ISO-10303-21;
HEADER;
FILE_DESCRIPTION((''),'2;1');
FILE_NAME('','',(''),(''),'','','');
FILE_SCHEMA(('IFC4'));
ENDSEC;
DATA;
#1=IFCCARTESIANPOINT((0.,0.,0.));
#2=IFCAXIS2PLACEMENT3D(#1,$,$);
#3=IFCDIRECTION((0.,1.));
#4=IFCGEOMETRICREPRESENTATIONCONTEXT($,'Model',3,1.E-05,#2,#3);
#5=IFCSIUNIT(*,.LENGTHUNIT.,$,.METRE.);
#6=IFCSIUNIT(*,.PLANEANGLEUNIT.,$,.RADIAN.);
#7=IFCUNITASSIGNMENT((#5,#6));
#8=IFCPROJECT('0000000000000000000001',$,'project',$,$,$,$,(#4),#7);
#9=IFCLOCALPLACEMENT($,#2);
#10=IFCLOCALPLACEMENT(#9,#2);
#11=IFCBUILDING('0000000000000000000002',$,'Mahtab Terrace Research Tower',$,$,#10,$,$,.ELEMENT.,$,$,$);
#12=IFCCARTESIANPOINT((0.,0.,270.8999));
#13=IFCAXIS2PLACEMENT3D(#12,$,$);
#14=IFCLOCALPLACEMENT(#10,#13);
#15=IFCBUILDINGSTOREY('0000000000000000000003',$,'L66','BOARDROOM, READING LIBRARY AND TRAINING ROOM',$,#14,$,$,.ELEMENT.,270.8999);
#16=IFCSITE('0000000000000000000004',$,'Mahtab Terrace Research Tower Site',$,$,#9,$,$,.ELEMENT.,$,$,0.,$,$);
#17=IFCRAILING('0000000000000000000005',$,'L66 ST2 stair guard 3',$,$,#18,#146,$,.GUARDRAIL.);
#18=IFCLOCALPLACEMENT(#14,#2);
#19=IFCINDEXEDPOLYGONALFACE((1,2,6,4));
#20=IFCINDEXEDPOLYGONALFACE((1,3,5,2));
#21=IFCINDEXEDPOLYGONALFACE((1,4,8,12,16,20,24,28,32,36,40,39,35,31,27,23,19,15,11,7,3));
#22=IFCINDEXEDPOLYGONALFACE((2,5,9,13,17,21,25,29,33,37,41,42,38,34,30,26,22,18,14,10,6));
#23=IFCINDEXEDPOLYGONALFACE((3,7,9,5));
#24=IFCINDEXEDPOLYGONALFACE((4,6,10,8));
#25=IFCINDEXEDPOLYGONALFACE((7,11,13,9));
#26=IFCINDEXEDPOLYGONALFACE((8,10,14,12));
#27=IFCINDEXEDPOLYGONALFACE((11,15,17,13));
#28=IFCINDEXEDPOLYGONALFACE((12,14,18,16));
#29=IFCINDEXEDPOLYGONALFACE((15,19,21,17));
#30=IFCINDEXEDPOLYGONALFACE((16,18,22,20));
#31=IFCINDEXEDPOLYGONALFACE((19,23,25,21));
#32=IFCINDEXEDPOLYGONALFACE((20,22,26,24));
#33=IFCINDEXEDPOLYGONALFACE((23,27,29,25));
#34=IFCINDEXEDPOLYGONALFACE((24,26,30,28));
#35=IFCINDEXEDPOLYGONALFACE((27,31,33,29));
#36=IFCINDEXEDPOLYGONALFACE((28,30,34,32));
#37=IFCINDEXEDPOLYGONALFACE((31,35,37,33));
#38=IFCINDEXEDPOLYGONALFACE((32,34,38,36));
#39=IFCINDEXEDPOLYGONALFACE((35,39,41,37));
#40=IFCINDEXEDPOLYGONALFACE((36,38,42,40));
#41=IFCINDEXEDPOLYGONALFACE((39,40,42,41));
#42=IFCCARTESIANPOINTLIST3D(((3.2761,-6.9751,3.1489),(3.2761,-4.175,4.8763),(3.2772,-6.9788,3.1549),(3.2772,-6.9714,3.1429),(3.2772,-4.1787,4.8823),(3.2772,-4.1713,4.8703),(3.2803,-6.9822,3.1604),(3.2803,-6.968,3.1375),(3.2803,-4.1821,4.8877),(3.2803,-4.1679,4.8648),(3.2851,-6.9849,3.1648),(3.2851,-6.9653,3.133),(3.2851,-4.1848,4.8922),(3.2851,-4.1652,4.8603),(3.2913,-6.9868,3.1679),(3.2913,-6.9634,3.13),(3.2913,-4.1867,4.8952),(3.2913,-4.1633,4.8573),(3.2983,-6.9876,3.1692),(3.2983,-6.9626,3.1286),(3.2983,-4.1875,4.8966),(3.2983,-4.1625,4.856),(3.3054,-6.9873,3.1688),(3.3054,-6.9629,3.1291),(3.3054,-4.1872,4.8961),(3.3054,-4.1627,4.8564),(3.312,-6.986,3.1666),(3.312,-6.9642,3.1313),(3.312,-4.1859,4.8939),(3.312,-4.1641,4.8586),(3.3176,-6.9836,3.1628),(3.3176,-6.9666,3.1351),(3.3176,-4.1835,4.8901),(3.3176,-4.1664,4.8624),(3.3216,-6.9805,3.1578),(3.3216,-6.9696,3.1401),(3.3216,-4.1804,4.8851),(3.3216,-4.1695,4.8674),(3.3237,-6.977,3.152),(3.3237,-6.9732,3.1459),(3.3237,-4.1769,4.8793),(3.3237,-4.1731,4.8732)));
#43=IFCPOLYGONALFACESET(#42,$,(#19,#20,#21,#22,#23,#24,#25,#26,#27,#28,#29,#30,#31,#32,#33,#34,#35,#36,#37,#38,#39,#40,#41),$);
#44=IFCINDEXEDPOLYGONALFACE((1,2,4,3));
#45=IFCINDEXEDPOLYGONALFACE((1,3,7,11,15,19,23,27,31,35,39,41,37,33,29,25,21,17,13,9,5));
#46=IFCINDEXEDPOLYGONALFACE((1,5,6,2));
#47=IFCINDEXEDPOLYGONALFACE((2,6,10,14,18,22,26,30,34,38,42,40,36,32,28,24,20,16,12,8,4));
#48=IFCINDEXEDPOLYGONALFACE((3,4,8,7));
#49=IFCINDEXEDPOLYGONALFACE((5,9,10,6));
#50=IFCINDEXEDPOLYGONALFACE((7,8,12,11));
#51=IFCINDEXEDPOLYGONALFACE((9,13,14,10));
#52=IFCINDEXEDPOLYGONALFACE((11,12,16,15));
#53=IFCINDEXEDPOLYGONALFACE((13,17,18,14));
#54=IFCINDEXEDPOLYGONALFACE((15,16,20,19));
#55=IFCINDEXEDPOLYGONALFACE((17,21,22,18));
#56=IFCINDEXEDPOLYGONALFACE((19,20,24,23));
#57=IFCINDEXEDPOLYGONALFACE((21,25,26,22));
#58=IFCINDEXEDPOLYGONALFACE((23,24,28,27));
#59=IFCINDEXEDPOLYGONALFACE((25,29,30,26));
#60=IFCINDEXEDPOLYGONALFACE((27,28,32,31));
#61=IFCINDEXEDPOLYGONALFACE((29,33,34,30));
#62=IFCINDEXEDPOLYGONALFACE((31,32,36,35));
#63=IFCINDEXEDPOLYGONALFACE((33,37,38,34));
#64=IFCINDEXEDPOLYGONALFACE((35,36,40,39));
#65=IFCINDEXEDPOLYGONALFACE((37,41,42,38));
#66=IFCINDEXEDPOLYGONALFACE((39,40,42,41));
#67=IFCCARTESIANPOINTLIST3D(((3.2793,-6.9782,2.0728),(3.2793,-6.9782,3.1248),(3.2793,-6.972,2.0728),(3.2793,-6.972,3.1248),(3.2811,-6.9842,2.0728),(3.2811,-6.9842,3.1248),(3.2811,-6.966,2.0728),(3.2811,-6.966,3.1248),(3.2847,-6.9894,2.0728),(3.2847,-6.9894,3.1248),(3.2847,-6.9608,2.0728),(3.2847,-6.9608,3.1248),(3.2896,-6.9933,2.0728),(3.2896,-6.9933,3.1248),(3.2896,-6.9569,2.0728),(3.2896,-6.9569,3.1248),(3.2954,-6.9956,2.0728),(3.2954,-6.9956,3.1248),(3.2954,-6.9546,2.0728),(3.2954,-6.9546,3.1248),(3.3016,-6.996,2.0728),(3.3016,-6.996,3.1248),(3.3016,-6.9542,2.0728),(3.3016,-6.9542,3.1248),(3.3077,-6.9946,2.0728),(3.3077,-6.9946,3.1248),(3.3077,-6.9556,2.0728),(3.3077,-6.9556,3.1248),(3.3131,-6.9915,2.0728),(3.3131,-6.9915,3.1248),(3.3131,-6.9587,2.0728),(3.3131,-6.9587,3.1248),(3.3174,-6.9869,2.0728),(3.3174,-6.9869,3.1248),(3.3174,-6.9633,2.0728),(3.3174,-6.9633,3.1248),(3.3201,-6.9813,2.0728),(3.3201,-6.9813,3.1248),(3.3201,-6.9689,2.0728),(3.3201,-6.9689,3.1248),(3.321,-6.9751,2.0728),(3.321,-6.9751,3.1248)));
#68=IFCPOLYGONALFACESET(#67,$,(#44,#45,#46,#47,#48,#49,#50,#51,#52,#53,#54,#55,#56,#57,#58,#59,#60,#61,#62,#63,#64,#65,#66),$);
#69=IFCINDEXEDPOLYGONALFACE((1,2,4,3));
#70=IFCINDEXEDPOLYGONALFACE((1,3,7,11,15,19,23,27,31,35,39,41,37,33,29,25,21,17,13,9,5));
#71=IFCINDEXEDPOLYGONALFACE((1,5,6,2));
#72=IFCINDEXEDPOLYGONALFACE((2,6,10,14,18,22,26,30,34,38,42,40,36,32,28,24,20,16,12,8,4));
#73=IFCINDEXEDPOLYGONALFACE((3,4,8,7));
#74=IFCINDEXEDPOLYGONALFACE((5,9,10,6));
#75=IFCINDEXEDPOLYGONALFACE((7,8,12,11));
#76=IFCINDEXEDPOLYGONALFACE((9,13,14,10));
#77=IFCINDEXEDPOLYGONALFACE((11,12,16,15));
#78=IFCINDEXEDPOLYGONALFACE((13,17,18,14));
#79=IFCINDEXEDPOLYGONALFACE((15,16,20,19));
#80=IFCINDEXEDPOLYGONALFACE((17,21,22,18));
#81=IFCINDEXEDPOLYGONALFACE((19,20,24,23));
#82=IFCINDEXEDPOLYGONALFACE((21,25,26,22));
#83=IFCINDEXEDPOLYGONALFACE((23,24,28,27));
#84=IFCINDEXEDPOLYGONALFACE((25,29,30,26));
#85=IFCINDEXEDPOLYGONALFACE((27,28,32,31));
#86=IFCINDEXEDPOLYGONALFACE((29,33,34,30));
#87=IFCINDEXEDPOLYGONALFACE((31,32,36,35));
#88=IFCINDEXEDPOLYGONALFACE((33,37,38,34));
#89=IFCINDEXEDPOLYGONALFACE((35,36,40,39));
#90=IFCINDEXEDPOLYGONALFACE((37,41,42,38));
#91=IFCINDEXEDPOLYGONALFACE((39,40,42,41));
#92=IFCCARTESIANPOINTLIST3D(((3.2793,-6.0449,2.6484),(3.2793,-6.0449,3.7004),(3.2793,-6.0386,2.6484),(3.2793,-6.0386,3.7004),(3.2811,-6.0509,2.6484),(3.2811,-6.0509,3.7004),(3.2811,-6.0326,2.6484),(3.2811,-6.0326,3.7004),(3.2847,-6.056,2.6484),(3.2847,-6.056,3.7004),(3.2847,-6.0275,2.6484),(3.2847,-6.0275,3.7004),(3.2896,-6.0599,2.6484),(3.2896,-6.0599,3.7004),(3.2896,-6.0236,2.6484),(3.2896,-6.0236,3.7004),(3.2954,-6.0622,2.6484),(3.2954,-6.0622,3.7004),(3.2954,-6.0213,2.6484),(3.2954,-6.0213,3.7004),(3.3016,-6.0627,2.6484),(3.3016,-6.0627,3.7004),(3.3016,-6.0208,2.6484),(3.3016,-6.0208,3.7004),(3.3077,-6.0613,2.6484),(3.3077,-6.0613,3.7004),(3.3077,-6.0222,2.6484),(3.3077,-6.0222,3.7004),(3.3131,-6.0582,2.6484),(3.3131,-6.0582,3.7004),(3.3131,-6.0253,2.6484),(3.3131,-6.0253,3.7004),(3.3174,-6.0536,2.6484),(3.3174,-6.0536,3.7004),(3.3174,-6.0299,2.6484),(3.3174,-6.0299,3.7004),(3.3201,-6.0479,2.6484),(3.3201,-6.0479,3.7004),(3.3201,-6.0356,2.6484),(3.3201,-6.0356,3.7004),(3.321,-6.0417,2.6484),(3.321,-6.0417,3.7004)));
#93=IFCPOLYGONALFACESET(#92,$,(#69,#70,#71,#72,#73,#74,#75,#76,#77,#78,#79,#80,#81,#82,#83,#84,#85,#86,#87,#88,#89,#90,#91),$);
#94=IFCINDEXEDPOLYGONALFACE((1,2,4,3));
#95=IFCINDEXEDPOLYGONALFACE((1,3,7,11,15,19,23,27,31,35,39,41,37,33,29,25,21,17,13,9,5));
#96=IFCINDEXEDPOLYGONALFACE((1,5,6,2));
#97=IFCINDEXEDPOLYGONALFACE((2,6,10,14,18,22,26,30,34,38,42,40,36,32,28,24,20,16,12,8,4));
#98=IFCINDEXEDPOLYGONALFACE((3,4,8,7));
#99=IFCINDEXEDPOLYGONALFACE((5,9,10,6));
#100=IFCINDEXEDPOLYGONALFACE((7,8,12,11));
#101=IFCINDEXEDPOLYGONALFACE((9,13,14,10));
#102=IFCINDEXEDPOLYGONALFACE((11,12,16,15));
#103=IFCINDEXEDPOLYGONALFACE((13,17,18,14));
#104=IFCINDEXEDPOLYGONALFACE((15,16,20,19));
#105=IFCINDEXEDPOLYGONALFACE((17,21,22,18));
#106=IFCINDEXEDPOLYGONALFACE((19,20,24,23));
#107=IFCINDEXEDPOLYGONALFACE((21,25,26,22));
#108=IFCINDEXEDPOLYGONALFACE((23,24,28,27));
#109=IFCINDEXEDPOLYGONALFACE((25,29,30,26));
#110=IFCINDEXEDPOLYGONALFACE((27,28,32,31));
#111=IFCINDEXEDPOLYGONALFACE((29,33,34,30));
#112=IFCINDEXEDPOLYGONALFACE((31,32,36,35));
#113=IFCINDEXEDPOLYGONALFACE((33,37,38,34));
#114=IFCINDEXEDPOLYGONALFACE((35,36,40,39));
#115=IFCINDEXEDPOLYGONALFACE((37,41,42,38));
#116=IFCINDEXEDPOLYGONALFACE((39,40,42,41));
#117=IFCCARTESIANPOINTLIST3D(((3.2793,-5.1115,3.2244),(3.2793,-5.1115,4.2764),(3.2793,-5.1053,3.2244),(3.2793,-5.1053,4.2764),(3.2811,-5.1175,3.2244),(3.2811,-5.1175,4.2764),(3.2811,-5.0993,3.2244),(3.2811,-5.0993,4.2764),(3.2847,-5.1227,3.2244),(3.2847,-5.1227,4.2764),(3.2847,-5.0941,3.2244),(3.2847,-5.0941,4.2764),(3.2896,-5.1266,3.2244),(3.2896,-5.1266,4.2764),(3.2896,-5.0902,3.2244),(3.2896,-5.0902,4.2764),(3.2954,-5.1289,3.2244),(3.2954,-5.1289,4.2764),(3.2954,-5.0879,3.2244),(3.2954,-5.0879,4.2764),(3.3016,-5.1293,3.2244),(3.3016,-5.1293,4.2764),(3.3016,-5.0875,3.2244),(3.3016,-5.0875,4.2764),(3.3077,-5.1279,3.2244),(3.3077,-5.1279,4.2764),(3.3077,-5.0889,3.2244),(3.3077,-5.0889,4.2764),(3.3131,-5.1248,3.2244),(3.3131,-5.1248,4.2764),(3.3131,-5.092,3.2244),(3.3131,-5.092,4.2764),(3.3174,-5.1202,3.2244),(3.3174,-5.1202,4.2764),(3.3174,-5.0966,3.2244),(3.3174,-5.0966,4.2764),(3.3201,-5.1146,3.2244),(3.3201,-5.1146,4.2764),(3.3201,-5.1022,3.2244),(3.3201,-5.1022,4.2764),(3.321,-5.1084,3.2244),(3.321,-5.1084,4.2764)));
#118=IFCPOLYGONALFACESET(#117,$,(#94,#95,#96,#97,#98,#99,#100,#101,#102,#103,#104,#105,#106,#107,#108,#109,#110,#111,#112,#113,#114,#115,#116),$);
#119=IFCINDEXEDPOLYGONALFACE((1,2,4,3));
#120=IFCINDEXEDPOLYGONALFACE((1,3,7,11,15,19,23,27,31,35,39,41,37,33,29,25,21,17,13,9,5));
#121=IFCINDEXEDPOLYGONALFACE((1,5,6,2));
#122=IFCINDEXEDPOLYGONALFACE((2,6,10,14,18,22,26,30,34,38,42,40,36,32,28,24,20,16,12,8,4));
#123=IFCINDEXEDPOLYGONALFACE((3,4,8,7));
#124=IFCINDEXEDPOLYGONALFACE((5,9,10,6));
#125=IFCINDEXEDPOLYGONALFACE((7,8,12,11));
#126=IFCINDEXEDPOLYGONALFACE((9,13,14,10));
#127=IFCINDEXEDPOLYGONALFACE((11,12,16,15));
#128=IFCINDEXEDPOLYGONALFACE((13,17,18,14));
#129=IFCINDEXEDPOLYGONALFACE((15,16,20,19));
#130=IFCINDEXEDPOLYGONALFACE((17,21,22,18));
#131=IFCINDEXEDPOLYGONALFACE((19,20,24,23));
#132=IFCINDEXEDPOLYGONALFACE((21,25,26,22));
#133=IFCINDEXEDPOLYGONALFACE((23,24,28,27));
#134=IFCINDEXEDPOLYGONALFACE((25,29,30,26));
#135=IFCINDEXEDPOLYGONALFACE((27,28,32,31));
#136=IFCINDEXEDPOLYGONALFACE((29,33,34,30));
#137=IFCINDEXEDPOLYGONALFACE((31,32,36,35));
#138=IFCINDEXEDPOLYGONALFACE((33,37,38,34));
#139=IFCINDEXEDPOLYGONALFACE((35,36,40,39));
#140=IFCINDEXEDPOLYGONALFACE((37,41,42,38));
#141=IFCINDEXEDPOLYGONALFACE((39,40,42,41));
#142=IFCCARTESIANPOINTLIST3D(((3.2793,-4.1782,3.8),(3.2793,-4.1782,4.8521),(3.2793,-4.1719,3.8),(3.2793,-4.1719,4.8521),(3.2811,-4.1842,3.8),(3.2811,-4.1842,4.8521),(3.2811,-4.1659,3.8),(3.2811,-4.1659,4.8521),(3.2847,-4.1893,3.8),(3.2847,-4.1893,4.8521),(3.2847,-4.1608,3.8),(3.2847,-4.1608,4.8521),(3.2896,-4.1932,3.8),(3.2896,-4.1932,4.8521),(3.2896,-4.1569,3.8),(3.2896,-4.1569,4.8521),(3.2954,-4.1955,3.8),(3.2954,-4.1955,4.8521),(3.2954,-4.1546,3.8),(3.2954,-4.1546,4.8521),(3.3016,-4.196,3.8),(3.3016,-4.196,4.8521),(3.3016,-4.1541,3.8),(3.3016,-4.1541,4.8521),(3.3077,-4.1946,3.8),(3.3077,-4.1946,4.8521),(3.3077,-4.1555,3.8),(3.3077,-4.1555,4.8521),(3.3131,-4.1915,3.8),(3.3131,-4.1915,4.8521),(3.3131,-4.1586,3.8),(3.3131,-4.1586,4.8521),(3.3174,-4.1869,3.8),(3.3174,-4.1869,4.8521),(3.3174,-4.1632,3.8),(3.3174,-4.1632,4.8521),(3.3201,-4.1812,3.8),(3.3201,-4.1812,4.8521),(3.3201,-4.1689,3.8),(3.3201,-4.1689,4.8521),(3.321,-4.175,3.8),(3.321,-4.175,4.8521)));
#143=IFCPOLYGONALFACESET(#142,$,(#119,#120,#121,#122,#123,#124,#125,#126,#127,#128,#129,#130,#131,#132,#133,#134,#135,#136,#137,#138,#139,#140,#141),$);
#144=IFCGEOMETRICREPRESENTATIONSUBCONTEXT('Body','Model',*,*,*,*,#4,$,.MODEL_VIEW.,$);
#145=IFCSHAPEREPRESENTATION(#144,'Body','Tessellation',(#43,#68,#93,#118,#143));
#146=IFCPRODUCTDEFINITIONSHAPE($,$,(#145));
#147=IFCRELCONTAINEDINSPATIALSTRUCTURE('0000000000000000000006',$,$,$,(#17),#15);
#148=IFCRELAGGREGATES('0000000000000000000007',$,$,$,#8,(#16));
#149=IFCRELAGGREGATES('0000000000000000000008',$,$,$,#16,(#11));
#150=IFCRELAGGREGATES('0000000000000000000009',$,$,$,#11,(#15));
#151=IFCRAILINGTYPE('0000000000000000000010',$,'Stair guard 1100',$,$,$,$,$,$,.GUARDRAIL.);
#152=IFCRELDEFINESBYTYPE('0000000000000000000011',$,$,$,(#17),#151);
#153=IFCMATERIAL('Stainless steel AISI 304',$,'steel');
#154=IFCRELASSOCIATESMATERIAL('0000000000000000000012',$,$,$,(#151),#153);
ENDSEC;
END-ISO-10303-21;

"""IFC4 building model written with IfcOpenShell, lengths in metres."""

from ifc_helpers import new_model, si_unit, direction, frame, origin, origin_2d, place, context, subcontext, project, spatial, circle, extrude, material, type_object, element, save


model = new_model("IFC4")

# Units and contexts
model_context = context("Model", 3, precision=1e-05, world=origin(), true_north=direction((0.0, 1.0)))
body_context = subcontext(model_context, "Body", "Model", "MODEL_VIEW")
ifc_project = project(units=[si_unit("LENGTHUNIT", "METRE"), si_unit("PLANEANGLEUNIT", "RADIAN")], contexts=[model_context])

# Site, building, storey
site_placement = place(None, origin())
site = spatial("IfcSite", under=ifc_project, at=site_placement, Name="Mahtab Terrace Research Tower Site", CompositionType="ELEMENT", RefElevation=0.0)
building_placement = place(site_placement, origin())
building = spatial("IfcBuilding", under=site, at=building_placement, Name="Mahtab Terrace Research Tower", CompositionType="ELEMENT")
storey_placement = place(building_placement, frame((0.0, 0.0, 270.8999)))
storey = spatial("IfcBuildingStorey", under=building, at=storey_placement, Name="L66", Description="BOARDROOM, READING LIBRARY AND TRAINING ROOM", CompositionType="ELEMENT", Elevation=270.8999)

# Railing
ifc_material_1 = material(Name="Stainless steel AISI 304", Category="steel")
railing_type_1 = type_object("IfcRailingType", Name="Stair guard 1100", PredefinedType="GUARDRAIL", material=ifc_material_1)
railing_1_placement = place(storey_placement, frame((3.3, -6.9751, 2.0728)))
element("IfcRailing", 1, at=railing_1_placement, inside=storey, type_object=railing_type_1, Name="L66 ST2 stair guard 3", PredefinedType="GUARDRAIL", context=body_context, shape_type="SweptSolid", body=[
    extrude(circle(Radius=0.0239, at=origin_2d()), frame((0.0, 0.0, 1.0762), z_axis=(0.0, 0.85109, 0.52502), x_axis=(-1.0, 0.0, 0.0)), (0.0, 0.0, 1.0), 3.29),
    extrude(circle(Radius=0.021, at=origin_2d()), origin(), (0.0, 0.0, 1.0), 1.052),
    extrude(circle(Radius=0.021, at=origin_2d()), frame((0.0, 0.9333, 0.5757)), (0.0, 0.0, 1.0), 1.052),
    extrude(circle(Radius=0.021, at=origin_2d()), frame((0.0, 1.8667, 1.1516)), (0.0, 0.0, 1.0), 1.052),
    extrude(circle(Radius=0.021, at=origin_2d()), frame((0.0, 2.8, 1.7273)), (0.0, 0.0, 1.0), 1.052),
])

save(model, "model.ifc")
